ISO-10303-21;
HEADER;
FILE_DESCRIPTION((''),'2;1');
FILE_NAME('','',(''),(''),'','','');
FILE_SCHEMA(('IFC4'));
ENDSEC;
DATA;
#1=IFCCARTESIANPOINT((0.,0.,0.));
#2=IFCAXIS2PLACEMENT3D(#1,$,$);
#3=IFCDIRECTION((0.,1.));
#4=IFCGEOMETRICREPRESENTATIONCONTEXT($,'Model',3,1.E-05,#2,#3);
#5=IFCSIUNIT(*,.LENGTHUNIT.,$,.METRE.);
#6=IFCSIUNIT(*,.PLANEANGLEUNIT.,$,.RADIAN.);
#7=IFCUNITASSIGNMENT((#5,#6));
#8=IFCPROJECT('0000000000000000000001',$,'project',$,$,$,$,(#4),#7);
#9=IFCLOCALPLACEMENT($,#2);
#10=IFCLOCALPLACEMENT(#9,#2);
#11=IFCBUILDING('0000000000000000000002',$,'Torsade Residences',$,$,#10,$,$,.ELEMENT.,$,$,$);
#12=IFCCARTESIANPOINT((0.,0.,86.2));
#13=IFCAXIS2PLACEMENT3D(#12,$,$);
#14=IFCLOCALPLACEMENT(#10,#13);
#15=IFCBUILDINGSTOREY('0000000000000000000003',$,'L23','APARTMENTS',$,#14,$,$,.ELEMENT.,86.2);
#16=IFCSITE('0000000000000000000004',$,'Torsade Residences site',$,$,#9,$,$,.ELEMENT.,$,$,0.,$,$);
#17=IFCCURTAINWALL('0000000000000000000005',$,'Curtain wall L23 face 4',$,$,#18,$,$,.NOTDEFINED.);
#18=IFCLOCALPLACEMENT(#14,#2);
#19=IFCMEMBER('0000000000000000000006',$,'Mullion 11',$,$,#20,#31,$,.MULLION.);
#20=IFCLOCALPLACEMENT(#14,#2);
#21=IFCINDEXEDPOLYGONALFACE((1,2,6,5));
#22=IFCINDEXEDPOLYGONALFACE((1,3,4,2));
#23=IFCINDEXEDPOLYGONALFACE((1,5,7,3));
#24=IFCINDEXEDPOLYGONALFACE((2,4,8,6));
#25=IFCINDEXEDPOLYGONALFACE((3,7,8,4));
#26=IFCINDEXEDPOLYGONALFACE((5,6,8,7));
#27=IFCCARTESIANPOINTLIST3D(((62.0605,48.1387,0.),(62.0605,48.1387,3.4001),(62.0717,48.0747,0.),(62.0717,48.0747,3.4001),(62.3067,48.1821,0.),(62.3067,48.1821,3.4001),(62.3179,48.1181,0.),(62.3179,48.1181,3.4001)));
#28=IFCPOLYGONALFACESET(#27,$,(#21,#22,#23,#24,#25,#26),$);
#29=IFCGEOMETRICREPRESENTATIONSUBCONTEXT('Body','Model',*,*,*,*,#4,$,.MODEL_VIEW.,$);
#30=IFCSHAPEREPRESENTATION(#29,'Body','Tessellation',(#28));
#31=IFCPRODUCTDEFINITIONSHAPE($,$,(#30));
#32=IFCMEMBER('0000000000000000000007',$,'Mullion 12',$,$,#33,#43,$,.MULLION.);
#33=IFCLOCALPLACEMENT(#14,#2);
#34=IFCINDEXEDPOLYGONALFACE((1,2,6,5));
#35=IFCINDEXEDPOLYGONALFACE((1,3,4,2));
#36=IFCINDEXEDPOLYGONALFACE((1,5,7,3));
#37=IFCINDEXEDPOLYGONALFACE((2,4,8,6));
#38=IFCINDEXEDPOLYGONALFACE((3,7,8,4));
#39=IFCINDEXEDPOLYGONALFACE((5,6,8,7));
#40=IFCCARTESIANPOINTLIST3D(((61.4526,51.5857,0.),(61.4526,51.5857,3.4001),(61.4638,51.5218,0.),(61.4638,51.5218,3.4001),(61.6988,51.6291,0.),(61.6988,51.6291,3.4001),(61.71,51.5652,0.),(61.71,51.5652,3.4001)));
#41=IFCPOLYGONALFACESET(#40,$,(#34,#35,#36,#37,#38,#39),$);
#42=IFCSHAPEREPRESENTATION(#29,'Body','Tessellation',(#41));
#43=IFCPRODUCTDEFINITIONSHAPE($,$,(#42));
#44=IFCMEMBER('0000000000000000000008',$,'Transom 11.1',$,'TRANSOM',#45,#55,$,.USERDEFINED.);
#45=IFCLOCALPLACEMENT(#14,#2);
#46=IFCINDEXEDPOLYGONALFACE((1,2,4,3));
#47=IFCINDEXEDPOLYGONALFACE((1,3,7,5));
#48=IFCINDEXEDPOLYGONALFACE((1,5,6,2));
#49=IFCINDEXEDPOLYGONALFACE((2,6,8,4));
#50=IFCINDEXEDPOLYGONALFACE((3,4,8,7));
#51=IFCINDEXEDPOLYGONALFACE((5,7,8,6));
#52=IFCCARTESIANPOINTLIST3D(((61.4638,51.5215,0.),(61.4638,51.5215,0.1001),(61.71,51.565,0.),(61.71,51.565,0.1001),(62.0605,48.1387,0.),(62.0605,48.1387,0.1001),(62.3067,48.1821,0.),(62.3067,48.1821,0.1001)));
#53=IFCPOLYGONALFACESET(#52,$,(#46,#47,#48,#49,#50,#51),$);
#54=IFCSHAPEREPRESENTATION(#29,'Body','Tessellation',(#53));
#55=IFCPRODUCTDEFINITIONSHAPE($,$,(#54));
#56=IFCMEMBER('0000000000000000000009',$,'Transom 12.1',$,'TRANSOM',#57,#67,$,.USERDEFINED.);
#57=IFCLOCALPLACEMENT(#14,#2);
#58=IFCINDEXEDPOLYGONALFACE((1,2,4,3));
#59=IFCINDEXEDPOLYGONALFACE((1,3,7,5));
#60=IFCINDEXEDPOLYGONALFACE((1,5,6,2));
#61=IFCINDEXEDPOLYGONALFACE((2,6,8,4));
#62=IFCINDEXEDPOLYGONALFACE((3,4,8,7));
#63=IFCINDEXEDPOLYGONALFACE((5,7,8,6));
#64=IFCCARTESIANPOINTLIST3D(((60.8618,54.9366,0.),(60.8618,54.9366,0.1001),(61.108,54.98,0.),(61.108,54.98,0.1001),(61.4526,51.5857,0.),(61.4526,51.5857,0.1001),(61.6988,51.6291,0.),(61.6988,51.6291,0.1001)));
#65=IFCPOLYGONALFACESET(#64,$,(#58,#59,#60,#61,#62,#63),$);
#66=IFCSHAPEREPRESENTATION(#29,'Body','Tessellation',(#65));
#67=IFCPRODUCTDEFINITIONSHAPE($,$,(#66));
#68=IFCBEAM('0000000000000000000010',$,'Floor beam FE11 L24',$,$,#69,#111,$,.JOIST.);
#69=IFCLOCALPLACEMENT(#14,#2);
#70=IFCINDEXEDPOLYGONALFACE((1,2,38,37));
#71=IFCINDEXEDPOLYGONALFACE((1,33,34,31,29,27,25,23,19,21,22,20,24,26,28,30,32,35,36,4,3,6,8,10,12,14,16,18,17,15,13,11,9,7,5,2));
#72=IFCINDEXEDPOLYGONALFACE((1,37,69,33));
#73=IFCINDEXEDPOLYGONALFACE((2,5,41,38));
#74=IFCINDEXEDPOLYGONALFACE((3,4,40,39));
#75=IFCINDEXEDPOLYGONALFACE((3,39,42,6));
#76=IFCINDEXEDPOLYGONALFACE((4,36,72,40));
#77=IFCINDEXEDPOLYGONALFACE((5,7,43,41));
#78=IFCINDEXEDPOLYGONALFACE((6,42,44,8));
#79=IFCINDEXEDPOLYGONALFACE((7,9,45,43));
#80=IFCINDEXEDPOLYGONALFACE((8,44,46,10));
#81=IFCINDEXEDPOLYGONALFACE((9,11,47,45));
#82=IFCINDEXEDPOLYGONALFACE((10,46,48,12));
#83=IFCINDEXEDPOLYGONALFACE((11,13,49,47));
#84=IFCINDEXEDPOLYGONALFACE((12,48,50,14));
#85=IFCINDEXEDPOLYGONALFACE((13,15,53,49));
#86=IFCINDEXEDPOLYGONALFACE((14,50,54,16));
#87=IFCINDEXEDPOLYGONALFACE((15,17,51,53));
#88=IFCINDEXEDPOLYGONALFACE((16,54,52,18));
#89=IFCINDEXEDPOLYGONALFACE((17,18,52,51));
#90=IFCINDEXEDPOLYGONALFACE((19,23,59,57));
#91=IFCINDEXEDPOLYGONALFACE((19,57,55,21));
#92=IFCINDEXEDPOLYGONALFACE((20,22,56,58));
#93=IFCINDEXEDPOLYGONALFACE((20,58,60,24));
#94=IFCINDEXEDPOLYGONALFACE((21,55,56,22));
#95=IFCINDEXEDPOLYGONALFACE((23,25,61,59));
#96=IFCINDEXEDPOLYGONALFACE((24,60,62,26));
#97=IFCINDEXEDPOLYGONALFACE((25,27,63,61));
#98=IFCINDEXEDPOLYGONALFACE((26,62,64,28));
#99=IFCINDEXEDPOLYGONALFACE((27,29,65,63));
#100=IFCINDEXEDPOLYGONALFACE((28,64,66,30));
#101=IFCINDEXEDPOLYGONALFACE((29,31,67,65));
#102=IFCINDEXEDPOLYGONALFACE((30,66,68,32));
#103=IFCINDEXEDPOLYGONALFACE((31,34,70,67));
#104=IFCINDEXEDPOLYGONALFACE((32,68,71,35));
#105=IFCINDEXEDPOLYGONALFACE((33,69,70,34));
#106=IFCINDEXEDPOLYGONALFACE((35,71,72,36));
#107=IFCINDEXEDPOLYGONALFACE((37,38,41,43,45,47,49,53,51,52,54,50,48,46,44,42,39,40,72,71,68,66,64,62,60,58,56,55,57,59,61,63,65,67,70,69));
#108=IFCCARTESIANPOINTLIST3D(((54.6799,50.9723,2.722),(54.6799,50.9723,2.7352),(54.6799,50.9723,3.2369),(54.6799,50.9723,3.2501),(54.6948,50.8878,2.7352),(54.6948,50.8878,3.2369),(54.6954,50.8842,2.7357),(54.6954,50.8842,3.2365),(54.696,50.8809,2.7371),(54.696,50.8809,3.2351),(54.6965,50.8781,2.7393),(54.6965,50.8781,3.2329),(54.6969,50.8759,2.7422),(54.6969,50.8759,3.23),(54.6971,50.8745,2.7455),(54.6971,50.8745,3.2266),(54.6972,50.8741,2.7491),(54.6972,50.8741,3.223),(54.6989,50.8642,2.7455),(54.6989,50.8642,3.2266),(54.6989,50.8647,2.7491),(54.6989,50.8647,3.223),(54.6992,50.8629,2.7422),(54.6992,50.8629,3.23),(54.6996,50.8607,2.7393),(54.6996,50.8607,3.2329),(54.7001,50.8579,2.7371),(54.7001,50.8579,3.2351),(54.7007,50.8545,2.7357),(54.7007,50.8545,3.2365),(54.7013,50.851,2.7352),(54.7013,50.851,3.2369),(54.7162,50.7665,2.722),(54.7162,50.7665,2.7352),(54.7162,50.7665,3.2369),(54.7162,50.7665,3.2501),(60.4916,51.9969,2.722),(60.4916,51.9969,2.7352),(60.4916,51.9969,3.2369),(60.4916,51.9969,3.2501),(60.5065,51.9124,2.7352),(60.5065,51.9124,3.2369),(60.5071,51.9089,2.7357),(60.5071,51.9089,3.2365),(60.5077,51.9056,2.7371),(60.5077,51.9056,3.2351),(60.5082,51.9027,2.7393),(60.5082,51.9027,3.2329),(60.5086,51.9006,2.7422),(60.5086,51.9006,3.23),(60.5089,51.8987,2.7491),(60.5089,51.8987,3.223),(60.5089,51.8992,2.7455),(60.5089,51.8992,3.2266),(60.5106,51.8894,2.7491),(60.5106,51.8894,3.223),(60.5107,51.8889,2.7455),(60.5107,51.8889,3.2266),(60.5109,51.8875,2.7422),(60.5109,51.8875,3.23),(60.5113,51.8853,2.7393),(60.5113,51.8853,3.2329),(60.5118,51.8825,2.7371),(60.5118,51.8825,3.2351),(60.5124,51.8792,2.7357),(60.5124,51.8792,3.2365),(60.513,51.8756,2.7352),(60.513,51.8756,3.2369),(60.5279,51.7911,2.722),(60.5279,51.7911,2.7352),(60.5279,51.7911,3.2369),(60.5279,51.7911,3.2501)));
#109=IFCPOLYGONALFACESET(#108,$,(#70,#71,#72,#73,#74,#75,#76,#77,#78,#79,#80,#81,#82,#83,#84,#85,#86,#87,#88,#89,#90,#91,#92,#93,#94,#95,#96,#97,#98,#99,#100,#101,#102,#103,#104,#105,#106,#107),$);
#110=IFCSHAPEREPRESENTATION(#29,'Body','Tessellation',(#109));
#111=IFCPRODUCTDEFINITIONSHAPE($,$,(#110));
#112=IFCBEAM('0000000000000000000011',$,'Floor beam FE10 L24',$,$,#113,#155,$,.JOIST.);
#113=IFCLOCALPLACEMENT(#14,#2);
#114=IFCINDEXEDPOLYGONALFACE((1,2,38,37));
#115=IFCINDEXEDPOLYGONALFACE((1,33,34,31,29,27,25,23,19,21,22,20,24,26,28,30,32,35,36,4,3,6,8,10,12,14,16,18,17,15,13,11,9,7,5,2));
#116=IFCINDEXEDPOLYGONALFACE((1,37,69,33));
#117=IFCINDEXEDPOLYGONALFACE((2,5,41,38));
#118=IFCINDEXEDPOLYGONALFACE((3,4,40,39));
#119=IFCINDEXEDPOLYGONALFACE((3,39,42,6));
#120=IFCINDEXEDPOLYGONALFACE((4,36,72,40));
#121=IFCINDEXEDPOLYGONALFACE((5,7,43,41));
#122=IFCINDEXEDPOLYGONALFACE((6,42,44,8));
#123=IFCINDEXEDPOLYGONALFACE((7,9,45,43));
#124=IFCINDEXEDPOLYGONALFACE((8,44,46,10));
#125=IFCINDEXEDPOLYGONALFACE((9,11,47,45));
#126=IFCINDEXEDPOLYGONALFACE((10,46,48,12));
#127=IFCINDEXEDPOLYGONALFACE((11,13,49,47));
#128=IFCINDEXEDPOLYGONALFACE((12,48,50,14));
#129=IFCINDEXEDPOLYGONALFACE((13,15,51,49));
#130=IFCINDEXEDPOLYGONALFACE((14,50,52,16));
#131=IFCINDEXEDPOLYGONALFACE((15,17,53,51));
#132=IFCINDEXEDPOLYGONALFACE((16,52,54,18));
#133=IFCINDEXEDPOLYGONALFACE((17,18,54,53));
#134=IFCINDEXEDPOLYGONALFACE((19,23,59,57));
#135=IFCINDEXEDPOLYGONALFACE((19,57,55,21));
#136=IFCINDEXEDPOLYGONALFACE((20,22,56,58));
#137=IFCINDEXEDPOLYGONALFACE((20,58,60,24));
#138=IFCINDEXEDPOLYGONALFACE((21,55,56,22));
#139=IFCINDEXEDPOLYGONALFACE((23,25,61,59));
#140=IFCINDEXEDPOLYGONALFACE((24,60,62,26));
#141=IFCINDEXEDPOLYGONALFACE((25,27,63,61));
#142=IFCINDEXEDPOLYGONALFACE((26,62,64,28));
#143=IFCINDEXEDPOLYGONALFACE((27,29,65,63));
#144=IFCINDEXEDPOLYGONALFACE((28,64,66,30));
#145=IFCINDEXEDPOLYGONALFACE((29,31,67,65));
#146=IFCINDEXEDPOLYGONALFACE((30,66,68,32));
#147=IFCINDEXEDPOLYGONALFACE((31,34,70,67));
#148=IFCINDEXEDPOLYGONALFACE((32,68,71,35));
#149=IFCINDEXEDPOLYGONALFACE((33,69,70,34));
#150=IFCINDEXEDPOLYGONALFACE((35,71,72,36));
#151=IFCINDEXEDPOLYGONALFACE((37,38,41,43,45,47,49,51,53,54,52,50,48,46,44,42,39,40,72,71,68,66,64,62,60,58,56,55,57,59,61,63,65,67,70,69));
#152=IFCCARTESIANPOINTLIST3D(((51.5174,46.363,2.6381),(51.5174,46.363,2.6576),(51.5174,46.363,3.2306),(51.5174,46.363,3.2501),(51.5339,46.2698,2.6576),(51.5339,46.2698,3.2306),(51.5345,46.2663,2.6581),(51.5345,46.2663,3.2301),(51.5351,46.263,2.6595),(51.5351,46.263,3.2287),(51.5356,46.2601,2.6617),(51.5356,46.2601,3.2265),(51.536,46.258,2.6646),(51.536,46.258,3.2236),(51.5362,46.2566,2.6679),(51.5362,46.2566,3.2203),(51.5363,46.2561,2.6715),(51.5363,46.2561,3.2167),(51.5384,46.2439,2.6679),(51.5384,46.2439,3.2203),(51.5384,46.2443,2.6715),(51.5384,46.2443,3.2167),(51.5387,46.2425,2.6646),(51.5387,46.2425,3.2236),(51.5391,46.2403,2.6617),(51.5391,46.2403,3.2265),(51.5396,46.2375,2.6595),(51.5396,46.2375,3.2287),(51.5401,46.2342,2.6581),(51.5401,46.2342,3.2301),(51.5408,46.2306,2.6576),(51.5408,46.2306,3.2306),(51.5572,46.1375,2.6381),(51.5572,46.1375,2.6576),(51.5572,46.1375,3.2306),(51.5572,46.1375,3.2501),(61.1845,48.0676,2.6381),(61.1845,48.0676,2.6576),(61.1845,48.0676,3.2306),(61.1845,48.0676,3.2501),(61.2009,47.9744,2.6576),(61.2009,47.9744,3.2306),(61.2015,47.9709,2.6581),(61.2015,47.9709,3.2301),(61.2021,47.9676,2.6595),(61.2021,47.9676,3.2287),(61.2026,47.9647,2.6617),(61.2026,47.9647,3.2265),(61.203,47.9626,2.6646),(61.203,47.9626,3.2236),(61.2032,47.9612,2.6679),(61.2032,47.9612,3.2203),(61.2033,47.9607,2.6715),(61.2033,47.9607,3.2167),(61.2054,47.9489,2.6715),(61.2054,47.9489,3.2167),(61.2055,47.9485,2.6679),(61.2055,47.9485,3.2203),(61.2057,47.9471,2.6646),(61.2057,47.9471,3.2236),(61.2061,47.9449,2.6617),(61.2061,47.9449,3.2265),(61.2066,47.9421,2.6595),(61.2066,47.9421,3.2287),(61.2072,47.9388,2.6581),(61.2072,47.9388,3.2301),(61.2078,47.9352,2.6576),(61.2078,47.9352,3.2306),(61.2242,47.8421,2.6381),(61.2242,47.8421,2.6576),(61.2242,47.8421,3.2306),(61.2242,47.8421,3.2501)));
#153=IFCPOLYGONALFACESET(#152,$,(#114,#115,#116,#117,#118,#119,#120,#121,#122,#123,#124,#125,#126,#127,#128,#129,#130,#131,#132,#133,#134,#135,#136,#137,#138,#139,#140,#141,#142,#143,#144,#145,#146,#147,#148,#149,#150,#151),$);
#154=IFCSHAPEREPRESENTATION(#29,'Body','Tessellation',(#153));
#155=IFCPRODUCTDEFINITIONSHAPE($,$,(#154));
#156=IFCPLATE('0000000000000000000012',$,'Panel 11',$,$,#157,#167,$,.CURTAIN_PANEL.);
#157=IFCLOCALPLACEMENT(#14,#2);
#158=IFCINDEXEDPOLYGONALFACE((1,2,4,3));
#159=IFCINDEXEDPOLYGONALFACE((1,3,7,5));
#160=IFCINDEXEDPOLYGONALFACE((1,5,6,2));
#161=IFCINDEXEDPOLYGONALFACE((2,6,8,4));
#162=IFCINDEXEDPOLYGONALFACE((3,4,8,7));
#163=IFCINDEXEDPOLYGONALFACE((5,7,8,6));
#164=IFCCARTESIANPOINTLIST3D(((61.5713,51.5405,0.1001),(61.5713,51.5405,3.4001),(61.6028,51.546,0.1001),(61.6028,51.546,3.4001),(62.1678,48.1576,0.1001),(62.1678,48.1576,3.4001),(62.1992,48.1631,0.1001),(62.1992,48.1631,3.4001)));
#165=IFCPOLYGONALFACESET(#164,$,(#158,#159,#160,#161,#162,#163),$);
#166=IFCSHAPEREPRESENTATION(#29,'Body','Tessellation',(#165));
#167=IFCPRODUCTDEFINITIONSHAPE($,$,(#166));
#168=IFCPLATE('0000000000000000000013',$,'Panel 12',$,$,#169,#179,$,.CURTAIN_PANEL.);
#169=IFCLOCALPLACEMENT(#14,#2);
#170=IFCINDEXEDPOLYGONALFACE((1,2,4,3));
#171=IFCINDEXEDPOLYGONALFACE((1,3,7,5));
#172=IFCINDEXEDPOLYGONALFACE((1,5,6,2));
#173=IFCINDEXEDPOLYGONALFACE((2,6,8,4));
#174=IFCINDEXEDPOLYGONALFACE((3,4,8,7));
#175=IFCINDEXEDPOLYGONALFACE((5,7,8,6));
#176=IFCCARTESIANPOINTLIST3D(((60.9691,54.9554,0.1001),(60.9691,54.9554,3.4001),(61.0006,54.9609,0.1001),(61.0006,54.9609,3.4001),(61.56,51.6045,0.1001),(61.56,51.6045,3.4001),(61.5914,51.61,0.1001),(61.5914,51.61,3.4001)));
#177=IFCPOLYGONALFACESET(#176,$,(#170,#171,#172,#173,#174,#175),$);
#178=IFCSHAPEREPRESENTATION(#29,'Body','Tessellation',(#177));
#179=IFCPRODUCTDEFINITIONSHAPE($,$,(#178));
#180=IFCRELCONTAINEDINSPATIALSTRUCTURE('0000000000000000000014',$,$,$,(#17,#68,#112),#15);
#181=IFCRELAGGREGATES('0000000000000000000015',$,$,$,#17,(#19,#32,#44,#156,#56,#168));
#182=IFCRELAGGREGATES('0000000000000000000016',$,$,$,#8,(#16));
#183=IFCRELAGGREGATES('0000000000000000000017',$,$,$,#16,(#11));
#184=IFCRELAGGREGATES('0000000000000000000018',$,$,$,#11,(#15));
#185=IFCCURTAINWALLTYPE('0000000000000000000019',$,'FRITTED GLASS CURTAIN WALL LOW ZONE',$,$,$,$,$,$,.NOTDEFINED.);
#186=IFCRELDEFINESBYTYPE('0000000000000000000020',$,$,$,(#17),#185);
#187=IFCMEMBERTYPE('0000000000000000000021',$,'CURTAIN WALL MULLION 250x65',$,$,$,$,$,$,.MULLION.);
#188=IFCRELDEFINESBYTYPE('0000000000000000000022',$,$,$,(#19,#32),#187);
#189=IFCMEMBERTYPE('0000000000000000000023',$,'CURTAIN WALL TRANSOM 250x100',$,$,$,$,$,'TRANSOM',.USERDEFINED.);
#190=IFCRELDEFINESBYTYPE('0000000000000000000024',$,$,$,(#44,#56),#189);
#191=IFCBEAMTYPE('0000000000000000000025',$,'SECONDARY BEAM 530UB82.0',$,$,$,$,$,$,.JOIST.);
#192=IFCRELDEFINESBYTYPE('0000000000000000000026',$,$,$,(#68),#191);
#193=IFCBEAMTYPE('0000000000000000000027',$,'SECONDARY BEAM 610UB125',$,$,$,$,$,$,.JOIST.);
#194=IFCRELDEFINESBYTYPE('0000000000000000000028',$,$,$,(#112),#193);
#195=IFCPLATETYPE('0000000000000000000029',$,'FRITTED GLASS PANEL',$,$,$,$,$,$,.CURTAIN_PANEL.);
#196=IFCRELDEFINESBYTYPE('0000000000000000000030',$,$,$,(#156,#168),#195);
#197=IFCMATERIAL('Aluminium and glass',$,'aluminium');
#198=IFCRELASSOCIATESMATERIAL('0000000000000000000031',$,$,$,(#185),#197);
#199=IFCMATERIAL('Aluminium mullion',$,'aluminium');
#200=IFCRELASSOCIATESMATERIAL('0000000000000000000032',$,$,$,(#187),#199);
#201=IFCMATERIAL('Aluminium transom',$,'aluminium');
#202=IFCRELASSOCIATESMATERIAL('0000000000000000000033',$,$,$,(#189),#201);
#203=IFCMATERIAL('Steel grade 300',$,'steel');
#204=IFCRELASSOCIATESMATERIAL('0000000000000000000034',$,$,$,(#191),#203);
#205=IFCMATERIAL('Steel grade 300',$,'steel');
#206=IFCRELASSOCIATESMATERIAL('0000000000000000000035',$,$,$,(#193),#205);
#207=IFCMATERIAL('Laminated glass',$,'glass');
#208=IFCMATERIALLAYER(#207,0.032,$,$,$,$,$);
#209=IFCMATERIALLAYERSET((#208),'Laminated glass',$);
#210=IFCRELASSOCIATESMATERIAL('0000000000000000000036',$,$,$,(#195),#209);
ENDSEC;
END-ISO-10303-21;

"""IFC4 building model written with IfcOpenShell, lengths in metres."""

from ifc_helpers import new_model, si_unit, direction, frame, origin, origin_2d, place, context, subcontext, project, spatial, rectangle, i_section, extrude, material, layer, layer_set, material_profile, profile_set, type_object, element, aggregate, save


model = new_model("IFC4")

# Units and contexts
model_context = context("Model", 3, precision=1e-05, world=origin(), true_north=direction((0.0, 1.0)))
body_context = subcontext(model_context, "Body", "Model", "MODEL_VIEW")
ifc_project = project(units=[si_unit("LENGTHUNIT", "METRE"), si_unit("PLANEANGLEUNIT", "RADIAN")], contexts=[model_context])

# Site, building, storey
site_placement = place(None, origin())
site = spatial("IfcSite", under=ifc_project, at=site_placement, Name="Torsade Residences site", CompositionType="ELEMENT", RefElevation=0.0)
building_placement = place(site_placement, origin())
building = spatial("IfcBuilding", under=site, at=building_placement, Name="Torsade Residences", CompositionType="ELEMENT")
storey_placement = place(building_placement, frame((0.0, 0.0, 86.2)))
storey = spatial("IfcBuildingStorey", under=building, at=storey_placement, Name="L23", Description="APARTMENTS", CompositionType="ELEMENT", Elevation=86.2)

# Curtain wall, members
ifc_material_1 = material(Name="Aluminium and glass", Category="aluminium")
curtain_wall_type = type_object("IfcCurtainWallType", Name="FRITTED GLASS CURTAIN WALL LOW ZONE", PredefinedType="NOTDEFINED", material=ifc_material_1)
curtain_wall_placement = place(storey_placement, origin())
curtain_wall = element("IfcCurtainWall", 1, at=curtain_wall_placement, inside=storey, type_object=curtain_wall_type, Name="Curtain wall L23 face 4", PredefinedType="NOTDEFINED")
ifc_material_2 = material(Name="Aluminium mullion", Category="aluminium")
ifc_material_profile_1 = material_profile(ifc_material_2, rectangle(XDim=0.25, YDim=0.0649, at=origin_2d()), Name="CURTAIN WALL MULLION 250x65")
ifc_profile_set_1 = profile_set([ifc_material_profile_1], Name="Aluminium mullion")
member_type_1 = type_object("IfcMemberType", Name="CURTAIN WALL MULLION 250x65", PredefinedType="MULLION", material=ifc_profile_set_1)
member_1_placement = place(storey_placement, frame((62.1892, 48.1284, 0.0), z_axis=(0.0, 0.0, 1.0), x_axis=(-0.984808, -0.173648, 0.0)))
member_1 = element("IfcMember", 2, at=member_1_placement, type_object=member_type_1, Name="Mullion 11", PredefinedType="MULLION", context=body_context, shape_type="SweptSolid", body=[
    extrude(rectangle(XDim=0.25, YDim=0.0649, at=origin_2d()), origin(), (0.0, 0.0, 1.0), 3.4001),
])
member_2_placement = place(storey_placement, frame((61.5813, 51.5754, 0.0), z_axis=(0.0, 0.0, 1.0), x_axis=(-0.984808, -0.173648, 0.0)))
member_2 = element("IfcMember", 3, at=member_2_placement, type_object=member_type_1, Name="Mullion 12", PredefinedType="MULLION", context=body_context, shape_type="SweptSolid", body=[
    extrude(rectangle(XDim=0.25, YDim=0.0649, at=origin_2d()), origin(), (0.0, 0.0, 1.0), 3.4001),
])
ifc_material_3 = material(Name="Aluminium transom", Category="aluminium")
ifc_material_profile_2 = material_profile(ifc_material_3, rectangle(XDim=0.25, YDim=0.1001, at=origin_2d()), Name="CURTAIN WALL TRANSOM 250x100")
ifc_profile_set_2 = profile_set([ifc_material_profile_2], Name="Aluminium transom")
member_type_2 = type_object("IfcMemberType", Name="CURTAIN WALL TRANSOM 250x100", ElementType="TRANSOM", PredefinedType="USERDEFINED", material=ifc_profile_set_2)
member_3_placement = place(storey_placement, frame((62.1836, 48.1604, 0.05), z_axis=(-0.173704, 0.984798, 0.0), x_axis=(-0.984798, -0.173704, 0.0)))
member_3 = element("IfcMember", 4, at=member_3_placement, type_object=member_type_2, Name="Transom 11.1", ObjectType="TRANSOM", PredefinedType="USERDEFINED", context=body_context, shape_type="SweptSolid", body=[
    extrude(rectangle(XDim=0.25, YDim=0.1001, at=origin_2d()), origin(), (0.0, 0.0, 1.0), 3.4351),
])
member_4_placement = place(storey_placement, frame((61.5757, 51.6074, 0.05), z_axis=(-0.173642, 0.984809, 0.0), x_axis=(-0.984809, -0.173642, 0.0)))
member_4 = element("IfcMember", 5, at=member_4_placement, type_object=member_type_2, Name="Transom 12.1", ObjectType="TRANSOM", PredefinedType="USERDEFINED", context=body_context, shape_type="SweptSolid", body=[
    extrude(rectangle(XDim=0.25, YDim=0.1001, at=origin_2d()), origin(), (0.0, 0.0, 1.0), 3.4026),
])

# Beams
ifc_material_4 = material(Name="Steel grade 300", Category="steel")
ifc_material_profile_3 = material_profile(ifc_material_4, i_section(OverallWidth=0.209, OverallDepth=0.5281, WebThickness=0.0095, FlangeThickness=0.0132, FilletRadius=0.0139, at=origin_2d()), Name="530UB82.0")
ifc_profile_set_3 = profile_set([ifc_material_profile_3], Name="Steel grade 300")
beam_type_1 = type_object("IfcBeamType", Name="SECONDARY BEAM 530UB82.0", PredefinedType="JOIST", material=ifc_profile_set_3)
beam_1_placement = place(storey_placement, frame((60.5098, 51.894, 2.9861), z_axis=(-0.984811, -0.17363, 0.0), x_axis=(0.17363, -0.984811, 0.0)))
element("IfcBeam", 6, at=beam_1_placement, inside=storey, type_object=beam_type_1, Name="Floor beam FE11 L24", PredefinedType="JOIST", context=body_context, shape_type="SweptSolid", body=[
    extrude(i_section(OverallWidth=0.209, OverallDepth=0.5281, WebThickness=0.0095, FlangeThickness=0.0132, FilletRadius=0.0139, at=origin_2d()), origin(), (0.0, 0.0, 1.0), 5.9014),
])
ifc_material_5 = material(Name="Steel grade 300", Category="steel")
ifc_material_profile_4 = material_profile(ifc_material_5, i_section(OverallWidth=0.229, OverallDepth=0.6121, WebThickness=0.012, FlangeThickness=0.0195, FilletRadius=0.0139, at=origin_2d()), Name="610UB125")
ifc_profile_set_4 = profile_set([ifc_material_profile_4], Name="Steel grade 300")
beam_type_2 = type_object("IfcBeamType", Name="SECONDARY BEAM 610UB125", PredefinedType="JOIST", material=ifc_profile_set_4)
beam_2_placement = place(storey_placement, frame((61.2043, 47.9548, 2.9441), z_axis=(-0.984807, -0.173652, 0.0), x_axis=(0.173652, -0.984807, 0.0)))
element("IfcBeam", 7, at=beam_2_placement, inside=storey, type_object=beam_type_2, Name="Floor beam FE10 L24", PredefinedType="JOIST", context=body_context, shape_type="SweptSolid", body=[
    extrude(i_section(OverallWidth=0.229, OverallDepth=0.6121, WebThickness=0.012, FlangeThickness=0.0195, FilletRadius=0.0139, at=origin_2d()), origin(), (0.0, 0.0, 1.0), 9.8162),
])

# Plates
ifc_material_6 = material(Name="Laminated glass", Category="glass")
ifc_layer_1 = layer(ifc_material_6, 0.032)
ifc_layer_set_1 = layer_set([ifc_layer_1], Name="Laminated glass")
plate_type_1 = type_object("IfcPlateType", Name="FRITTED GLASS PANEL", PredefinedType="CURTAIN_PANEL", material=ifc_layer_set_1)
plate_1_placement = place(storey_placement, frame((61.8853, 49.8518, 0.1001), z_axis=(0.0, 0.0, 1.0), x_axis=(-0.173648, 0.984808, 0.0)))
plate_1 = element("IfcPlate", 8, at=plate_1_placement, type_object=plate_type_1, Name="Panel 11", PredefinedType="CURTAIN_PANEL", context=body_context, shape_type="SweptSolid", body=[
    extrude(rectangle(XDim=3.4351, YDim=0.032, at=origin_2d()), origin(), (0.0, 0.0, 1.0), 3.3),
])
plate_2_placement = place(storey_placement, frame((61.2803, 53.2827, 0.1001), z_axis=(0.0, 0.0, 1.0), x_axis=(-0.173648, 0.984808, 0.0)))
plate_2 = element("IfcPlate", 9, at=plate_2_placement, type_object=plate_type_1, Name="Panel 12", PredefinedType="CURTAIN_PANEL", context=body_context, shape_type="SweptSolid", body=[
    extrude(rectangle(XDim=3.4026, YDim=0.032, at=origin_2d()), origin(), (0.0, 0.0, 1.0), 3.3),
])
aggregate(curtain_wall, [member_1, member_2, member_3, plate_1, member_4, plate_2])

save(model, "model.ifc")
